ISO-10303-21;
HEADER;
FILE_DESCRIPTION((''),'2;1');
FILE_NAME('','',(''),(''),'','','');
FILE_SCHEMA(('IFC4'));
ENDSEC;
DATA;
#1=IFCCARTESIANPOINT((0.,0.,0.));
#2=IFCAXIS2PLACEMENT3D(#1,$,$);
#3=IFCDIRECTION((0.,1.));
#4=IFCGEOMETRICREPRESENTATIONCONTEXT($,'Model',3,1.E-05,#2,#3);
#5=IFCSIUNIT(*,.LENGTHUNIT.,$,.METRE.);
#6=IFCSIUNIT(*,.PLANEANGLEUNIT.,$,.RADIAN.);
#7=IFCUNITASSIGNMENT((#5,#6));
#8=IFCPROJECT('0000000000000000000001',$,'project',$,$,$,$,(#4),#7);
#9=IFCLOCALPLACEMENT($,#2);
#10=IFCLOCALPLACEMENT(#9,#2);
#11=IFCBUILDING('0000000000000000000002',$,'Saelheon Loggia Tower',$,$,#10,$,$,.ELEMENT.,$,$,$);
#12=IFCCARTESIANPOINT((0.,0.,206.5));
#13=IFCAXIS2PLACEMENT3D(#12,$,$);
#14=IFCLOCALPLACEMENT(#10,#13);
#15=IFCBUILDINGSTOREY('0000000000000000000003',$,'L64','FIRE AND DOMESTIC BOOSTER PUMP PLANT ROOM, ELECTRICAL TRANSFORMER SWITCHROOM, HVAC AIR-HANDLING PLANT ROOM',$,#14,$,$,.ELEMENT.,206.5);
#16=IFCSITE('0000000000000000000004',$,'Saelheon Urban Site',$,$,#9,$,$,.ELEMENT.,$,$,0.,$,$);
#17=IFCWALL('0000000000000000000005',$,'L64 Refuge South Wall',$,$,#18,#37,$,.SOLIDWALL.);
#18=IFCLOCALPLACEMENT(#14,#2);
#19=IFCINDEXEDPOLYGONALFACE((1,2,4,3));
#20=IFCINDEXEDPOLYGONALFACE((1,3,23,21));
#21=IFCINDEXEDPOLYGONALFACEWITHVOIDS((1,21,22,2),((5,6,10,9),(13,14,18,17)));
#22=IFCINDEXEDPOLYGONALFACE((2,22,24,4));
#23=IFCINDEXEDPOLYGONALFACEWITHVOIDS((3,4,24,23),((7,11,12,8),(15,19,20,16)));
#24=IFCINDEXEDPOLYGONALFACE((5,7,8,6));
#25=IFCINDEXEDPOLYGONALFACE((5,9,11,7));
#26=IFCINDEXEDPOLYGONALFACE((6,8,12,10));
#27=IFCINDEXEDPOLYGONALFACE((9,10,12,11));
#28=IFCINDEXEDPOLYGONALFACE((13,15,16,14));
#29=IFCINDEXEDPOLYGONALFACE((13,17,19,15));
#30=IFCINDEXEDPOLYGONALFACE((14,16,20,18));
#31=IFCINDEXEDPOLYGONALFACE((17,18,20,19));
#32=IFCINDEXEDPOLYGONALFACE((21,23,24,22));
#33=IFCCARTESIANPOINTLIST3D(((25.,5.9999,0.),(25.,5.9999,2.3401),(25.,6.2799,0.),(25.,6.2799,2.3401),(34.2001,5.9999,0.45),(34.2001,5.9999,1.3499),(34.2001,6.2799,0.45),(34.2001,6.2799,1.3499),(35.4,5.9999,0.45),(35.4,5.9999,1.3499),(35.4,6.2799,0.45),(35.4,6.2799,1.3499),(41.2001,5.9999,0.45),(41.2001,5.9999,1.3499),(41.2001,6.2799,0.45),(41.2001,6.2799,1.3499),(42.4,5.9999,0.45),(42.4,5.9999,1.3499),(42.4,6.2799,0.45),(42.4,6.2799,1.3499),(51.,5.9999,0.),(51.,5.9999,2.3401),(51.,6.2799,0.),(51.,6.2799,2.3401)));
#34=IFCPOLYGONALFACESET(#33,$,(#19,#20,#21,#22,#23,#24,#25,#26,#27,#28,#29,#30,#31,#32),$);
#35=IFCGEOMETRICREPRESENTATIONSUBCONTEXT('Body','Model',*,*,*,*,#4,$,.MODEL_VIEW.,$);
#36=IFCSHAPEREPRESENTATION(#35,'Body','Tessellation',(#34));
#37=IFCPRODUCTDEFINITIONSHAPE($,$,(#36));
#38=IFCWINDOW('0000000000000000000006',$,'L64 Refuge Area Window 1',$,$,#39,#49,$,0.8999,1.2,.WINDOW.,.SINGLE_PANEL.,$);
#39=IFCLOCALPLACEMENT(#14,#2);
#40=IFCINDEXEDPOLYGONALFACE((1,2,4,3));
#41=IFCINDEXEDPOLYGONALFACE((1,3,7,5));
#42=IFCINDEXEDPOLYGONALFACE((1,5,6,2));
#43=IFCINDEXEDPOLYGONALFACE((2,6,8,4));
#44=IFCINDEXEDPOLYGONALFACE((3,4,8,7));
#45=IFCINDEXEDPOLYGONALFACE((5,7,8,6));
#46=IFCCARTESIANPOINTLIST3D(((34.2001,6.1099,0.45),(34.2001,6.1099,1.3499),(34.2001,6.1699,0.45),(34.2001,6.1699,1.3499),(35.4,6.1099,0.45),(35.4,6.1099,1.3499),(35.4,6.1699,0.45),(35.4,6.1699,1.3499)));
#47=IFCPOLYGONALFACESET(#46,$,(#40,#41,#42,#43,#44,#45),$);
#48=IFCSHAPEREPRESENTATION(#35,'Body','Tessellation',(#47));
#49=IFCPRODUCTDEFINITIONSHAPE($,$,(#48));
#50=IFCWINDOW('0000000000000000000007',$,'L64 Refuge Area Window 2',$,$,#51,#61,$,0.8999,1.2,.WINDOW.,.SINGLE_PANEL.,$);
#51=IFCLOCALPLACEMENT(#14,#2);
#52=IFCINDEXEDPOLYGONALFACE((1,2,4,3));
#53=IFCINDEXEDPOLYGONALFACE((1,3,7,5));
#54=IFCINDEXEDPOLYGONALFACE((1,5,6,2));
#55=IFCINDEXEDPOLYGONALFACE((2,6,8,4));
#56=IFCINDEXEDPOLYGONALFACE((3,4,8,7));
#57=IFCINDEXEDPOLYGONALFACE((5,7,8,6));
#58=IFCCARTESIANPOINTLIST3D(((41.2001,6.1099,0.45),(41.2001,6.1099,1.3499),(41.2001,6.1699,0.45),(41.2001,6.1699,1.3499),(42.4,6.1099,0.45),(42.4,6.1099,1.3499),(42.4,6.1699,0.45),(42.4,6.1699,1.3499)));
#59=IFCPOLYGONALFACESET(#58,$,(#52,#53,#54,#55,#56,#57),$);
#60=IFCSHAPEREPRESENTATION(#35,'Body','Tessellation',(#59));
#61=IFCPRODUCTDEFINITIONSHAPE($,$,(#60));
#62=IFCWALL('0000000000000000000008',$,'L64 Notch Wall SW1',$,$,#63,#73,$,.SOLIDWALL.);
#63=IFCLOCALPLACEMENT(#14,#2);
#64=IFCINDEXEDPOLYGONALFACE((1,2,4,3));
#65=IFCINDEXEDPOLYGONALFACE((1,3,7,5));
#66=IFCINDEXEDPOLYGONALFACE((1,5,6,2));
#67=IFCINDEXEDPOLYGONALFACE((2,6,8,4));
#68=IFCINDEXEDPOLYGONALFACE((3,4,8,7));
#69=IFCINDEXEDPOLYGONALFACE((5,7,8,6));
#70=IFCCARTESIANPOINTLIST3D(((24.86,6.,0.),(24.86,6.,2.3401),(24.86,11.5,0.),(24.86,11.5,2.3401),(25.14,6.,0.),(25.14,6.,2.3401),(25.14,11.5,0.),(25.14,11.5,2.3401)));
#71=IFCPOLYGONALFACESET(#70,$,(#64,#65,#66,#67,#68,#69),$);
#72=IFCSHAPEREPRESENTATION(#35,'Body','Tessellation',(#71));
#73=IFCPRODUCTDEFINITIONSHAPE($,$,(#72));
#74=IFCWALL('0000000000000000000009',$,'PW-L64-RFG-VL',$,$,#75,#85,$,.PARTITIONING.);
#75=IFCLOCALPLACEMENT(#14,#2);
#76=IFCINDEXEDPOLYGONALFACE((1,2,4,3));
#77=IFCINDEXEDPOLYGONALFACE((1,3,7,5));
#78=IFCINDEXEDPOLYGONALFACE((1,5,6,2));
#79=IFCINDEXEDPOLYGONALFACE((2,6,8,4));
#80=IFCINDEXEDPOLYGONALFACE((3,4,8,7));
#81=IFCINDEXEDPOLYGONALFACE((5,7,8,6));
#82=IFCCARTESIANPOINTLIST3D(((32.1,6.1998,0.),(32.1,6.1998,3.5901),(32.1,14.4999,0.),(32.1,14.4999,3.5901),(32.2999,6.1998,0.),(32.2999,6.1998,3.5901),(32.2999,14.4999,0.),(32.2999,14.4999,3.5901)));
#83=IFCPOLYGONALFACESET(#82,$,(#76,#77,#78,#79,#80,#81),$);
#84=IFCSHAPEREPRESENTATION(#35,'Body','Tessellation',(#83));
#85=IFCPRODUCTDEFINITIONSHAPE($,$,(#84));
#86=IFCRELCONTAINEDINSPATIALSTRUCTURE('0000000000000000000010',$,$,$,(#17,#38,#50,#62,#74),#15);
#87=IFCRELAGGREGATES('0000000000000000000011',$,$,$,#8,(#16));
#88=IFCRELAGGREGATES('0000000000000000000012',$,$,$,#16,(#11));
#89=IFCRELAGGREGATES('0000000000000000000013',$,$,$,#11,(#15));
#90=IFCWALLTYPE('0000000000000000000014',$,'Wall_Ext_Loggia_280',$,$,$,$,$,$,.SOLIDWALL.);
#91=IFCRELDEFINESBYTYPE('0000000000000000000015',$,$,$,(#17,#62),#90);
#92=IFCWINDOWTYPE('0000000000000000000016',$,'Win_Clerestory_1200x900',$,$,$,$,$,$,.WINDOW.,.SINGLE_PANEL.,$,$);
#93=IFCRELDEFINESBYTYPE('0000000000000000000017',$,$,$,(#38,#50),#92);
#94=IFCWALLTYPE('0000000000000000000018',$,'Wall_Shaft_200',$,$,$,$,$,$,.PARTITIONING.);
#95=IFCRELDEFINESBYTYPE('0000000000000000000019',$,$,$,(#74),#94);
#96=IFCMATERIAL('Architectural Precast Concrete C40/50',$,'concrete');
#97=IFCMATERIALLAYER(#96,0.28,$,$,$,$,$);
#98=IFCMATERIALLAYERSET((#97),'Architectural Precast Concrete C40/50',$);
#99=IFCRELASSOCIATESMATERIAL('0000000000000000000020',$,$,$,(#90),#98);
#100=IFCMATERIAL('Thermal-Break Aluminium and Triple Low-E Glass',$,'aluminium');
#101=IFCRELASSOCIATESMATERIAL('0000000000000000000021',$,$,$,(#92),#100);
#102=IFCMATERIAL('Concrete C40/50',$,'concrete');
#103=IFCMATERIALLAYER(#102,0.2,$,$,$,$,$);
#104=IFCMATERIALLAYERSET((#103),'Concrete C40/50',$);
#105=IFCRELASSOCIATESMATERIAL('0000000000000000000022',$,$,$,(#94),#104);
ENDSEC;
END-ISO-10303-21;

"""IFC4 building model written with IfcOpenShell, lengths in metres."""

from ifc_helpers import new_model, si_unit, direction, frame, frame_2d, origin, place, context, subcontext, project, spatial, rectangle, extrude, source, transform, mapped, material, layer, layer_set, type_object, element, fill, save


model = new_model("IFC4")

# Units and contexts
model_context = context("Model", 3, precision=1e-05, world=origin(), true_north=direction((0.0, 1.0)))
body_context = subcontext(model_context, "Body", "Model", "MODEL_VIEW")
ifc_project = project(units=[si_unit("LENGTHUNIT", "METRE"), si_unit("PLANEANGLEUNIT", "RADIAN")], contexts=[model_context])

# Site, building, storey
site_placement = place(None, origin())
site = spatial("IfcSite", under=ifc_project, at=site_placement, Name="Saelheon Urban Site", CompositionType="ELEMENT", RefElevation=0.0)
building_placement = place(site_placement, origin())
building = spatial("IfcBuilding", under=site, at=building_placement, Name="Saelheon Loggia Tower", CompositionType="ELEMENT")
storey_placement = place(building_placement, frame((0.0, 0.0, 206.5)))
storey = spatial("IfcBuildingStorey", under=building, at=storey_placement, Name="L64", Description="FIRE AND DOMESTIC BOOSTER PUMP PLANT ROOM, ELECTRICAL TRANSFORMER SWITCHROOM, HVAC AIR-HANDLING PLANT ROOM", CompositionType="ELEMENT", Elevation=206.5)

# Wall, openings, windows
ifc_material_1 = material(Name="Architectural Precast Concrete C40/50", Category="concrete")
ifc_layer_1 = layer(ifc_material_1, 0.28)
ifc_layer_set_1 = layer_set([ifc_layer_1], Name="Architectural Precast Concrete C40/50")
wall_type_1 = type_object("IfcWallType", Name="Wall_Ext_Loggia_280", PredefinedType="SOLIDWALL", material=ifc_layer_set_1)
wall_1_placement = place(storey_placement, frame((25.0, 6.1399, 0.0), z_axis=(0.0, 0.0, 1.0), x_axis=(1.0, 0.0, 0.0)))
wall_1 = element("IfcWall", 1, at=wall_1_placement, inside=storey, type_object=wall_type_1, Name="L64 Refuge South Wall", PredefinedType="SOLIDWALL", context=body_context, shape_type="SweptSolid", body=[
    extrude(rectangle(XDim=26.0, YDim=0.28, at=frame_2d((13.0, 0.0))), origin(), (0.0, 0.0, 1.0), 2.3401),
])
opening_1_placement = place(wall_1_placement, frame((9.2, 0.0, 0.45)))
opening_1 = element("IfcOpeningElement", 2, at=opening_1_placement, cuts=wall_1, PredefinedType="OPENING", context=body_context, shape_type="SweptSolid", body=[
    extrude(rectangle(XDim=1.2, YDim=0.8999, at=frame_2d((0.6001, 0.45))), frame((0.0, 0.1521, 0.0), z_axis=(0.0, -1.0, 0.0), x_axis=(1.0, 0.0, 0.0)), (0.0, 0.0, 1.0), 0.304),
])
opening_2_placement = place(wall_1_placement, frame((16.2, 0.0, 0.45)))
opening_2 = element("IfcOpeningElement", 3, at=opening_2_placement, cuts=wall_1, PredefinedType="OPENING", context=body_context, shape_type="SweptSolid", body=[
    extrude(rectangle(XDim=1.2, YDim=0.8999, at=frame_2d((0.6001, 0.45))), frame((0.0, 0.1521, 0.0), z_axis=(0.0, -1.0, 0.0), x_axis=(1.0, 0.0, 0.0)), (0.0, 0.0, 1.0), 0.304),
])
ifc_material_2 = material(Name="Thermal-Break Aluminium and Triple Low-E Glass", Category="aluminium")
window_type = type_object("IfcWindowType", Name="Win_Clerestory_1200x900", PartitioningType="SINGLE_PANEL", PredefinedType="WINDOW", material=ifc_material_2)
shared_shape_1 = source(origin(), body_context, "Body", "SweptSolid", [
    extrude(rectangle(XDim=1.2, YDim=0.8999, at=frame_2d((0.6001, 0.45))), frame((0.0, 0.03, 0.0), z_axis=(0.0, -1.0, 0.0), x_axis=(1.0, 0.0, 0.0)), (0.0, 0.0, 1.0), 0.0601),
])
window_1_placement = place(opening_1_placement, origin())
window_1 = element("IfcWindow", 4, at=window_1_placement, inside=storey, type_object=window_type, Name="L64 Refuge Area Window 1", OverallHeight=0.8999, OverallWidth=1.2, PartitioningType="SINGLE_PANEL", PredefinedType="WINDOW", context=body_context, shape_type="MappedRepresentation", body=[
    mapped(shared_shape_1, transform((0.0, 0.0, 0.0), scale=1.0)),
])
fill(opening_1, window_1)
window_2_placement = place(opening_2_placement, origin())
window_2 = element("IfcWindow", 5, at=window_2_placement, inside=storey, type_object=window_type, Name="L64 Refuge Area Window 2", OverallHeight=0.8999, OverallWidth=1.2, PartitioningType="SINGLE_PANEL", PredefinedType="WINDOW", context=body_context, shape_type="MappedRepresentation", body=[
    mapped(shared_shape_1, transform((0.0, 0.0, 0.0), scale=1.0)),
])
fill(opening_2, window_2)

# Walls
wall_2_placement = place(storey_placement, frame((25.0, 6.0, 0.0), z_axis=(0.0, 0.0, 1.0), x_axis=(0.0, 1.0, 0.0)))
element("IfcWall", 6, at=wall_2_placement, inside=storey, type_object=wall_type_1, Name="L64 Notch Wall SW1", PredefinedType="SOLIDWALL", context=body_context, shape_type="SweptSolid", body=[
    extrude(rectangle(XDim=5.5, YDim=0.28, at=frame_2d((2.75, 0.0))), origin(), (0.0, 0.0, 1.0), 2.3401),
])
ifc_material_3 = material(Name="Concrete C40/50", Category="concrete")
ifc_layer_2 = layer(ifc_material_3, 0.2)
ifc_layer_set_2 = layer_set([ifc_layer_2], Name="Concrete C40/50")
wall_type_2 = type_object("IfcWallType", Name="Wall_Shaft_200", PredefinedType="PARTITIONING", material=ifc_layer_set_2)
wall_3_placement = place(storey_placement, frame((32.2, 6.2, 0.0), z_axis=(0.0, 0.0, 1.0), x_axis=(0.0, 1.0, 0.0)))
element("IfcWall", 7, at=wall_3_placement, inside=storey, type_object=wall_type_2, Name="PW-L64-RFG-VL", PredefinedType="PARTITIONING", context=body_context, shape_type="SweptSolid", body=[
    extrude(rectangle(XDim=8.3, YDim=0.2, at=frame_2d((4.1499, 0.0))), origin(), (0.0, 0.0, 1.0), 3.5901),
])

save(model, "model.ifc")
